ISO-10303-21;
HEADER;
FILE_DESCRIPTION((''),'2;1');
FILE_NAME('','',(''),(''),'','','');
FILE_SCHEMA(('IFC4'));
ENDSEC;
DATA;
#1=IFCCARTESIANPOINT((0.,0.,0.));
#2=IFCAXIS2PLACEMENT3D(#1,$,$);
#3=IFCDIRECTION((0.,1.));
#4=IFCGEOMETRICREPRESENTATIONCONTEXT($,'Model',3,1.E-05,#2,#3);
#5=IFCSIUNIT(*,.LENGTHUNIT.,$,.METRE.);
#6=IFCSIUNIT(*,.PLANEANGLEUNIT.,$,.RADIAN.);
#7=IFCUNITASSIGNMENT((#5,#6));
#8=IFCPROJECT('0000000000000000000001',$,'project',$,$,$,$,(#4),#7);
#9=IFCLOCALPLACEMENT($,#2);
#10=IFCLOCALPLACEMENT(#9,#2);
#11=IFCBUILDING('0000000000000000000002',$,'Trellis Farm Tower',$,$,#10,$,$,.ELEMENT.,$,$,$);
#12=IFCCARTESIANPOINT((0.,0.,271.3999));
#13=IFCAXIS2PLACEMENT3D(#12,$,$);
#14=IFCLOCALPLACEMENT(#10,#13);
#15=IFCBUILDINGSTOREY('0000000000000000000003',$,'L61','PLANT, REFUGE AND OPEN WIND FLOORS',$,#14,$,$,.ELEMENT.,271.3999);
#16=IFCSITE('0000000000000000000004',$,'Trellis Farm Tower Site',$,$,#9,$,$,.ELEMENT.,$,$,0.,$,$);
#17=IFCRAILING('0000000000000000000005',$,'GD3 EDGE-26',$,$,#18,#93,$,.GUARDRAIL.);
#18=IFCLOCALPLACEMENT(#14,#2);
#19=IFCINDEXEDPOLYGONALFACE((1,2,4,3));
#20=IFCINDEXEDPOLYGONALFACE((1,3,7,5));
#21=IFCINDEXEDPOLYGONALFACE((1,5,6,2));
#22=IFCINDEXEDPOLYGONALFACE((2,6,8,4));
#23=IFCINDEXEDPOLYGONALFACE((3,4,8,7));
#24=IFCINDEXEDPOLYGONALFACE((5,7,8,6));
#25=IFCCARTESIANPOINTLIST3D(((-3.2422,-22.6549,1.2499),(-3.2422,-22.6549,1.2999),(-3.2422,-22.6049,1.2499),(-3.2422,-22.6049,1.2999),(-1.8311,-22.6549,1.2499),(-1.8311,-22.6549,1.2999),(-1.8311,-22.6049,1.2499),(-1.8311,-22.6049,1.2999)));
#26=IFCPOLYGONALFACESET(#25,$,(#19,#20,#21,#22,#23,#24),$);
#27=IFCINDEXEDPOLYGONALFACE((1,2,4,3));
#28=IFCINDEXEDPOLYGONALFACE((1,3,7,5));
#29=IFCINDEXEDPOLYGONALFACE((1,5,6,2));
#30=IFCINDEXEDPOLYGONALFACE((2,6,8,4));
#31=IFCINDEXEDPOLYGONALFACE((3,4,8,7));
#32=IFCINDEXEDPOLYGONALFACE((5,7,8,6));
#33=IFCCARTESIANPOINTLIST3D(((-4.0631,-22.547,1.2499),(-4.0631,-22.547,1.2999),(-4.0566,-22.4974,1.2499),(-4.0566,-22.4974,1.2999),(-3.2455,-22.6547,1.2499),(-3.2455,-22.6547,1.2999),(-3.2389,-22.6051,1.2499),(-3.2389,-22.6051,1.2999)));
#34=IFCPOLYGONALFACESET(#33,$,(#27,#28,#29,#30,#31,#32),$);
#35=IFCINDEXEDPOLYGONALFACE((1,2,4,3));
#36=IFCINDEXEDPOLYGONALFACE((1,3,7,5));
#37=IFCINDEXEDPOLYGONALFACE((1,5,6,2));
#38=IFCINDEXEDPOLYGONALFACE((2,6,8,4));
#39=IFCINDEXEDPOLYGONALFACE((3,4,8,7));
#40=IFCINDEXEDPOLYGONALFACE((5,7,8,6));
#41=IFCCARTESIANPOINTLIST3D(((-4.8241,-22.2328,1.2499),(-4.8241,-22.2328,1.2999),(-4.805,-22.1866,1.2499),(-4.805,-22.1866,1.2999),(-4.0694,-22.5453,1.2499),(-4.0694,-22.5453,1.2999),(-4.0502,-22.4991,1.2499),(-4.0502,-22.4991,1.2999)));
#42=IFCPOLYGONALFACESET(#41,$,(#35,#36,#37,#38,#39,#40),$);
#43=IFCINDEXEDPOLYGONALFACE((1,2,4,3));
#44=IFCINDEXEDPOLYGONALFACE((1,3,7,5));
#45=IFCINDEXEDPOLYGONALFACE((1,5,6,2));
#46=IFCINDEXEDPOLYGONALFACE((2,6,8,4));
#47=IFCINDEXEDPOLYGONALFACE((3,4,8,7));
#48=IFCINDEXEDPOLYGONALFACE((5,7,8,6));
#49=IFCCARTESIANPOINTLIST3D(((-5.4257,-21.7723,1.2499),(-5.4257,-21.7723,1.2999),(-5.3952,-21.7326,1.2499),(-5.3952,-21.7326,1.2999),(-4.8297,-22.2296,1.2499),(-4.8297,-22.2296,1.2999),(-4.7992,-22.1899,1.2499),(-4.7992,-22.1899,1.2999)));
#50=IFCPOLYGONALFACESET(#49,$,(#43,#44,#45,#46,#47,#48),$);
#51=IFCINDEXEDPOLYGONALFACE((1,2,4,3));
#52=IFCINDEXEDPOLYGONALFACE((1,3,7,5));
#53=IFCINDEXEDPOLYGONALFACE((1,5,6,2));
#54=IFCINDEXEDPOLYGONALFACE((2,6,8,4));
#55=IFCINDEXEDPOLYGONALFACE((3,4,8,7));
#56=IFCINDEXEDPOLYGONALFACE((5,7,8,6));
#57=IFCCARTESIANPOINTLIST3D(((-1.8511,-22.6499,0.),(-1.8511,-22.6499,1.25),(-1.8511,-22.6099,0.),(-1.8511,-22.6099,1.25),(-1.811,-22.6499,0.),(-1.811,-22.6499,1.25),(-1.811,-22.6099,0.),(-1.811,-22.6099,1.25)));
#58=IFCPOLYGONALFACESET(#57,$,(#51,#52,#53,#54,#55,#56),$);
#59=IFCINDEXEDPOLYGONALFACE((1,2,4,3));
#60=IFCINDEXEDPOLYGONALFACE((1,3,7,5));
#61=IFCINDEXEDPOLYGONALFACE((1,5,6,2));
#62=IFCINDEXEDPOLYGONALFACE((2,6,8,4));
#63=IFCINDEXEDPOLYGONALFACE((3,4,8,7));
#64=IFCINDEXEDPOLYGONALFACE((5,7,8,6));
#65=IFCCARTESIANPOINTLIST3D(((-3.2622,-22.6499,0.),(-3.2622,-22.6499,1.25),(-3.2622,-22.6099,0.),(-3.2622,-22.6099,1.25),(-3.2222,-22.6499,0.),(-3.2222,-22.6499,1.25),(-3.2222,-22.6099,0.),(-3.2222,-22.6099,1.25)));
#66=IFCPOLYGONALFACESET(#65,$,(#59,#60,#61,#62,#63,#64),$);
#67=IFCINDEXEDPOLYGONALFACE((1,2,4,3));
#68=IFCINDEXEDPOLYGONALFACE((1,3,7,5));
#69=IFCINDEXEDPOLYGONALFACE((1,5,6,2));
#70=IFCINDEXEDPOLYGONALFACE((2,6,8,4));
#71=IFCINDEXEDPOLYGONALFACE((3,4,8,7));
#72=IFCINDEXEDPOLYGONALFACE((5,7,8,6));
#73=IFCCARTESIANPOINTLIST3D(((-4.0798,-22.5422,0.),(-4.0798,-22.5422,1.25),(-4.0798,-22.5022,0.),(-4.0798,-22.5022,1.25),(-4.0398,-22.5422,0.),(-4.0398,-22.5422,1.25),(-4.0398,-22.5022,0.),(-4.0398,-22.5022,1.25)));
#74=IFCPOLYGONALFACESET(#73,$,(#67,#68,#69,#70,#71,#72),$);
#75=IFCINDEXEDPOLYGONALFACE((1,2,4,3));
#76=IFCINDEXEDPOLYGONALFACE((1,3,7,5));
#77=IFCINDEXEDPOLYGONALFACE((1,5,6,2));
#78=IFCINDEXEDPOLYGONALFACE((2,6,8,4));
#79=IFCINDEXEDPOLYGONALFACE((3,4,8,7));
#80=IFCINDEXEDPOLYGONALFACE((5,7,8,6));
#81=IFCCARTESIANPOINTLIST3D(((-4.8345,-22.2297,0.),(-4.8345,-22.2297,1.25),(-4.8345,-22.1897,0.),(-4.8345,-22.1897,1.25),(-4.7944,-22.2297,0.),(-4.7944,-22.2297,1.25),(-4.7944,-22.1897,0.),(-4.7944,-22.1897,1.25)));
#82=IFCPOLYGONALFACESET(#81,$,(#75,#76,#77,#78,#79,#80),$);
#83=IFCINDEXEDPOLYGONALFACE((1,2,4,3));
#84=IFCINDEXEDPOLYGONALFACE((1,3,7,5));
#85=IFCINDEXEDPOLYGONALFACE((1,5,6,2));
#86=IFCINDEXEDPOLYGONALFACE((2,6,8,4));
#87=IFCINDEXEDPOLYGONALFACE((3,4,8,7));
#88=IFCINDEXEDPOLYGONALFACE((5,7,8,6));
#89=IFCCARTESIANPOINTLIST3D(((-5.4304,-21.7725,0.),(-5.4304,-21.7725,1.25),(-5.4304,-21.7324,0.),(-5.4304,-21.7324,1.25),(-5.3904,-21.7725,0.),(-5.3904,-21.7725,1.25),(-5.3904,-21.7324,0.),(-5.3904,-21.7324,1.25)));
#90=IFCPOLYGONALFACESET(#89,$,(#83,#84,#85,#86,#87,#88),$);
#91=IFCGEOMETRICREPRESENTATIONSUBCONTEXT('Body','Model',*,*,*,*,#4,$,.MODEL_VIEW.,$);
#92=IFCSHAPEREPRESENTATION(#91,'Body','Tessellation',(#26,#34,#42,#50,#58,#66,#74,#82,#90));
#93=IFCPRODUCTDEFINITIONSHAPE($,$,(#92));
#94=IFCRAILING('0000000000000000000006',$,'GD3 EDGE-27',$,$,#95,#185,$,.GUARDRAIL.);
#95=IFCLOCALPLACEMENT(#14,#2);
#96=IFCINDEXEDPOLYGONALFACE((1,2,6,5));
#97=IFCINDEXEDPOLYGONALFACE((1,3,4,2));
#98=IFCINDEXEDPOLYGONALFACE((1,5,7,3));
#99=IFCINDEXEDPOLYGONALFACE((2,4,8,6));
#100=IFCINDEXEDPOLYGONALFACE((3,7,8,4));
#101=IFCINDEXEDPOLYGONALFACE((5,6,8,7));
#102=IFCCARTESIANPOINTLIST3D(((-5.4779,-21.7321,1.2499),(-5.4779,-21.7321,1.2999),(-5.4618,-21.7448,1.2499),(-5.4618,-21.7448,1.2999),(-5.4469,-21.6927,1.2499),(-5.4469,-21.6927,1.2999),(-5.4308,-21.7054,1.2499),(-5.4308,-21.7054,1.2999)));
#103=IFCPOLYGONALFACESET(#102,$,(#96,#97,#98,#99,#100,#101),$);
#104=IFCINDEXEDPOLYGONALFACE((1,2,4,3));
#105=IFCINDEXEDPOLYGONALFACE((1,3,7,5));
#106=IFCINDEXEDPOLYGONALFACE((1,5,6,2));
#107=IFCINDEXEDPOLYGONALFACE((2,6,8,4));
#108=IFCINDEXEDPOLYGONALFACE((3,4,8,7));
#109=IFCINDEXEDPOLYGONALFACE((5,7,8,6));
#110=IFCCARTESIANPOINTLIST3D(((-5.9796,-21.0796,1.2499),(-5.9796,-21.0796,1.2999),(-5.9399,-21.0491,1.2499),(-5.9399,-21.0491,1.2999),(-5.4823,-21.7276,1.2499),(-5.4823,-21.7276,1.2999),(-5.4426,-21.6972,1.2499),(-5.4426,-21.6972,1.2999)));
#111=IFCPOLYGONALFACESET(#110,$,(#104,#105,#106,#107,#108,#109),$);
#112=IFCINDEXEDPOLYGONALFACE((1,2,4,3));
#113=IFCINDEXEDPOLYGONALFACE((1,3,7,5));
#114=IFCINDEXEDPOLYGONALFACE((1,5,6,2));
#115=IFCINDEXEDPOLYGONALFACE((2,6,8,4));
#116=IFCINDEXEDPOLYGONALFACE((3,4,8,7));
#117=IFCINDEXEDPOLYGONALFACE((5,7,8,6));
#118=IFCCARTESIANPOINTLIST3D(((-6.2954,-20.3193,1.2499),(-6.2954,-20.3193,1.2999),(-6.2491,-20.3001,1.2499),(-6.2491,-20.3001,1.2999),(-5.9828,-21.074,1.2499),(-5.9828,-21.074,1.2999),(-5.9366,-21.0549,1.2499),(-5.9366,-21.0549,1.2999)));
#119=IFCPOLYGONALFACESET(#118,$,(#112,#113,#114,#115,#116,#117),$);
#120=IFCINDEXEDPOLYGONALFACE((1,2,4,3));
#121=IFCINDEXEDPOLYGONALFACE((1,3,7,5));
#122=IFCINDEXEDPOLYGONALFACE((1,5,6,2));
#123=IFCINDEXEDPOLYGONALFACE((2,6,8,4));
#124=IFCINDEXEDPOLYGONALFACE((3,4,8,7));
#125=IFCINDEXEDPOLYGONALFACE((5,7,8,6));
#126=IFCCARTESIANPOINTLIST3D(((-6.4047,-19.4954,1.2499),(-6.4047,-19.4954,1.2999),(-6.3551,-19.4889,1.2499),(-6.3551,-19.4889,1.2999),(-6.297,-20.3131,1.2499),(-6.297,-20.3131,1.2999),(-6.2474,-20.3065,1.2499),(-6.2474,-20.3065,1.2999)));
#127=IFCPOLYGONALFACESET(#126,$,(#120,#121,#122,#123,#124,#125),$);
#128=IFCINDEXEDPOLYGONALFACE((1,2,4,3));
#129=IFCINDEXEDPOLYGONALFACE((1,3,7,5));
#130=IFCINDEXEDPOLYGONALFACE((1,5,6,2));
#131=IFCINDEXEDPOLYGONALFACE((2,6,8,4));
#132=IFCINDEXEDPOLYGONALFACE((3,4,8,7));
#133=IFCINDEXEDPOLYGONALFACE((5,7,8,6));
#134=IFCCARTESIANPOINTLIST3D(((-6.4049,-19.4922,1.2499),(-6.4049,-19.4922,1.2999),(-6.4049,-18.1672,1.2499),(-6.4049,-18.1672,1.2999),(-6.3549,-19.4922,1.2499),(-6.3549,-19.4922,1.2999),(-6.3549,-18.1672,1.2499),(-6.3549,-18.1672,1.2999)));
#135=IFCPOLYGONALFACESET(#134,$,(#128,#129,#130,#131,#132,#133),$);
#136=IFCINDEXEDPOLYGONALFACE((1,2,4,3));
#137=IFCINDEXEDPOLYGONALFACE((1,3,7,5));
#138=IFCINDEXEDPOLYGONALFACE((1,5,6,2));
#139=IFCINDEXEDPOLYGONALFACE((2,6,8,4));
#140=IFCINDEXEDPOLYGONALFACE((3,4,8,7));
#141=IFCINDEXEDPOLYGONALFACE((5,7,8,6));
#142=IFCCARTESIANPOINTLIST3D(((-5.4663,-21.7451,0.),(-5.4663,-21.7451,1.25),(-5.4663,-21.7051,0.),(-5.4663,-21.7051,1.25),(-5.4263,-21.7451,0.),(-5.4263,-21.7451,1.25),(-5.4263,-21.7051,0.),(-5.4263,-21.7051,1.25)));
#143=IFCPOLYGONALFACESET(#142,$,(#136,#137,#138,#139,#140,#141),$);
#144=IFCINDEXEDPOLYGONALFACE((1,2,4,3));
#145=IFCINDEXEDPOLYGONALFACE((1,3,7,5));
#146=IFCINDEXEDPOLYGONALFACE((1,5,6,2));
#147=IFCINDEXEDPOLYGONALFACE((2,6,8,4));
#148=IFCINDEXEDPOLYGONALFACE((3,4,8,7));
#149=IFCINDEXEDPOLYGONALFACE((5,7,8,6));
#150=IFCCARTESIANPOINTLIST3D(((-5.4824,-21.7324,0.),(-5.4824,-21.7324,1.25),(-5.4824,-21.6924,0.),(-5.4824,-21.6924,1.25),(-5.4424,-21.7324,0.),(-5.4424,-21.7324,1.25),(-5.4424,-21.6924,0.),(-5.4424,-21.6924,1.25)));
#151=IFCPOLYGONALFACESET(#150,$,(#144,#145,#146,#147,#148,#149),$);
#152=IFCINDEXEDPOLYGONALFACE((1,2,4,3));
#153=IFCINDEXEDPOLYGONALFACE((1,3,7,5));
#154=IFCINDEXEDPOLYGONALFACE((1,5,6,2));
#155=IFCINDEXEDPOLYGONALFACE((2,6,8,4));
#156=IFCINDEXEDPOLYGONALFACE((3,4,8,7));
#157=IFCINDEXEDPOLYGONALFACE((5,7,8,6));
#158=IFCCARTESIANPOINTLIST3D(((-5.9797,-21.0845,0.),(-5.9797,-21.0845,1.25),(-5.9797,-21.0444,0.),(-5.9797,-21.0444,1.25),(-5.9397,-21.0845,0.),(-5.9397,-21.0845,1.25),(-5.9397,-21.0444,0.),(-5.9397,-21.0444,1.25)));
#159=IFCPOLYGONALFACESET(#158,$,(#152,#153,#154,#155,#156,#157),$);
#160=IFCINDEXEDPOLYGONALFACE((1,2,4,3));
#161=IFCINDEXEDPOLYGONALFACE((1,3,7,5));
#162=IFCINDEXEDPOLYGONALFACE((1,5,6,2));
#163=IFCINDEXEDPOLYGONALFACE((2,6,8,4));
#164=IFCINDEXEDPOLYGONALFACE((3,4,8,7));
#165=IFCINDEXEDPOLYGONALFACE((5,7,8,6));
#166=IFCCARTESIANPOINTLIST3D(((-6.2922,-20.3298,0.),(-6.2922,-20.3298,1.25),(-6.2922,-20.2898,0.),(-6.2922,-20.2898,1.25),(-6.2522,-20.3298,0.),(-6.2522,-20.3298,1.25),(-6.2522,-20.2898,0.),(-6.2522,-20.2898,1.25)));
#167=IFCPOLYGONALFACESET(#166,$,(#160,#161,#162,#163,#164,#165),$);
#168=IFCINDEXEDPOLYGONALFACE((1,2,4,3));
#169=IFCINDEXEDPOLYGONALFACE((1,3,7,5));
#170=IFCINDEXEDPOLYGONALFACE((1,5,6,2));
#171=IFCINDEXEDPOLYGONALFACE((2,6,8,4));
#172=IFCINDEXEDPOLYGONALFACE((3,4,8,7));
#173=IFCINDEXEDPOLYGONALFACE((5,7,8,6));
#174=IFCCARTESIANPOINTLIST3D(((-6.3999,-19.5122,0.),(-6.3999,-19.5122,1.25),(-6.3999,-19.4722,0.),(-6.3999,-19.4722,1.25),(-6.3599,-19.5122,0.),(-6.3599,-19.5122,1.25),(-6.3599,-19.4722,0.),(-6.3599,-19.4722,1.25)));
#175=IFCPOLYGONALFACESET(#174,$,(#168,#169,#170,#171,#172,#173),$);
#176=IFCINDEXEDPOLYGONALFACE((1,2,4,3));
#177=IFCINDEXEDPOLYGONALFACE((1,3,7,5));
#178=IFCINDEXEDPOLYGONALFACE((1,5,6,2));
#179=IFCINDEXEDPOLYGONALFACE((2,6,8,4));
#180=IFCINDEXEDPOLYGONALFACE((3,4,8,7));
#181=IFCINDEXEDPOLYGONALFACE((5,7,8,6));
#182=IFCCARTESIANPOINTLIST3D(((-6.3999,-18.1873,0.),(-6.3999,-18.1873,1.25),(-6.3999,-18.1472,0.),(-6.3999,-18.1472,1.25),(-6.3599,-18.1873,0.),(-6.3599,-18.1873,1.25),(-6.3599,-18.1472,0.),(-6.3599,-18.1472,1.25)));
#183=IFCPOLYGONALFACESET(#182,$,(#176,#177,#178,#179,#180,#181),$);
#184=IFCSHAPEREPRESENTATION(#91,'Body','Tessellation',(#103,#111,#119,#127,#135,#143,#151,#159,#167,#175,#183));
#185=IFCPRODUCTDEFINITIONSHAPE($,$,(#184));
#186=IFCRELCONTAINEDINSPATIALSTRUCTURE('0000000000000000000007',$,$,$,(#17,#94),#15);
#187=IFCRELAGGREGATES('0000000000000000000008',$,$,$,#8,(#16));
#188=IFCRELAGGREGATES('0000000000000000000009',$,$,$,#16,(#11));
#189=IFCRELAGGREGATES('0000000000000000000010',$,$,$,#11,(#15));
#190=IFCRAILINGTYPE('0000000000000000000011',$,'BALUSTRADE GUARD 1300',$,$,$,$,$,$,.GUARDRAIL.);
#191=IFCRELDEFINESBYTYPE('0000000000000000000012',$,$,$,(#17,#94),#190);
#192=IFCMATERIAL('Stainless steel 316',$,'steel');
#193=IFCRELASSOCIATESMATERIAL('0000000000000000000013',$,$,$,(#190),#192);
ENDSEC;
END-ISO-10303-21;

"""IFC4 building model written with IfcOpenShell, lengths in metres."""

from ifc_helpers import new_model, si_unit, direction, frame, origin, origin_2d, place, context, subcontext, project, spatial, rectangle, extrude, material, type_object, element, save


model = new_model("IFC4")

# Units and contexts
model_context = context("Model", 3, precision=1e-05, world=origin(), true_north=direction((0.0, 1.0)))
body_context = subcontext(model_context, "Body", "Model", "MODEL_VIEW")
ifc_project = project(units=[si_unit("LENGTHUNIT", "METRE"), si_unit("PLANEANGLEUNIT", "RADIAN")], contexts=[model_context])

# Site, building, storey
site_placement = place(None, origin())
site = spatial("IfcSite", under=ifc_project, at=site_placement, Name="Trellis Farm Tower Site", CompositionType="ELEMENT", RefElevation=0.0)
building_placement = place(site_placement, origin())
building = spatial("IfcBuilding", under=site, at=building_placement, Name="Trellis Farm Tower", CompositionType="ELEMENT")
storey_placement = place(building_placement, frame((0.0, 0.0, 271.3999)))
storey = spatial("IfcBuildingStorey", under=building, at=storey_placement, Name="L61", Description="PLANT, REFUGE AND OPEN WIND FLOORS", CompositionType="ELEMENT", Elevation=271.3999)

# Railings
ifc_material_1 = material(Name="Stainless steel 316", Category="steel")
railing_type_1 = type_object("IfcRailingType", Name="BALUSTRADE GUARD 1300", PredefinedType="GUARDRAIL", material=ifc_material_1)
railing_1_placement = place(storey_placement, frame((-1.8311, -22.6299, 0.0)))
element("IfcRailing", 1, at=railing_1_placement, inside=storey, type_object=railing_type_1, Name="GD3 EDGE-26", PredefinedType="GUARDRAIL", context=body_context, shape_type="SweptSolid", body=[
    extrude(rectangle(XDim=0.05, YDim=0.05, at=origin_2d()), frame((0.0, 0.0, 1.2749), z_axis=(-1.0, 0.0, 0.0), x_axis=(0.0, -1.0, 0.0)), (0.0, 0.0, 1.0), 1.4111),
    extrude(rectangle(XDim=0.05, YDim=0.05, at=origin_2d()), frame((-1.4111, 0.0, 1.2749), z_axis=(-0.991441, 0.130554, 0.0), x_axis=(-0.130554, -0.991441, 0.0)), (0.0, 0.0, 1.0), 0.8247),
    extrude(rectangle(XDim=0.05, YDim=0.05, at=origin_2d()), frame((-2.2288, 0.1077, 1.2749), z_axis=(-0.923915, 0.382598, 0.0), x_axis=(-0.382598, -0.923915, 0.0)), (0.0, 0.0, 1.0), 0.8169),
    extrude(rectangle(XDim=0.05, YDim=0.05, at=origin_2d()), frame((-2.9834, 0.4202, 1.2749), z_axis=(-0.79336, 0.608752, 0.0), x_axis=(-0.608752, -0.79336, 0.0)), (0.0, 0.0, 1.0), 0.7512),
    extrude(rectangle(XDim=0.04, YDim=0.04, at=origin_2d()), origin(), (0.0, 0.0, 1.0), 1.25),
    extrude(rectangle(XDim=0.04, YDim=0.04, at=origin_2d()), frame((-1.4111, 0.0, 0.0)), (0.0, 0.0, 1.0), 1.25),
    extrude(rectangle(XDim=0.04, YDim=0.04, at=origin_2d()), frame((-2.2288, 0.1077, 0.0)), (0.0, 0.0, 1.0), 1.25),
    extrude(rectangle(XDim=0.04, YDim=0.04, at=origin_2d()), frame((-2.9834, 0.4202, 0.0)), (0.0, 0.0, 1.0), 1.25),
    extrude(rectangle(XDim=0.04, YDim=0.04, at=origin_2d()), frame((-3.5793, 0.8774, 0.0)), (0.0, 0.0, 1.0), 1.25),
])
railing_2_placement = place(storey_placement, frame((-5.4463, -21.7251, 0.0)))
element("IfcRailing", 2, at=railing_2_placement, inside=storey, type_object=railing_type_1, Name="GD3 EDGE-27", PredefinedType="GUARDRAIL", context=body_context, shape_type="SweptSolid", body=[
    extrude(rectangle(XDim=0.05, YDim=0.05, at=origin_2d()), frame((0.0, 0.0, 1.2749), z_axis=(-0.785492, 0.618872, 0.0), x_axis=(-0.618872, -0.785492, 0.0)), (0.0, 0.0, 1.0), 0.0205),
    extrude(rectangle(XDim=0.05, YDim=0.05, at=origin_2d()), frame((-0.0161, 0.0127, 1.2749), z_axis=(-0.608858, 0.793279, 0.0), x_axis=(-0.793279, -0.608858, 0.0)), (0.0, 0.0, 1.0), 0.8169),
    extrude(rectangle(XDim=0.05, YDim=0.05, at=origin_2d()), frame((-0.5134, 0.6606, 1.2749), z_axis=(-0.382598, 0.923915, 0.0), x_axis=(-0.923915, -0.382598, 0.0)), (0.0, 0.0, 1.0), 0.8169),
    extrude(rectangle(XDim=0.05, YDim=0.05, at=origin_2d()), frame((-0.8259, 1.4153, 1.2749), z_axis=(-0.130554, 0.991441, 0.0), x_axis=(-0.991441, -0.130554, 0.0)), (0.0, 0.0, 1.0), 0.8247),
    extrude(rectangle(XDim=0.05, YDim=0.05, at=origin_2d()), frame((-0.9336, 2.2329, 1.2749), z_axis=(0.0, 1.0, 0.0), x_axis=(-1.0, 0.0, 0.0)), (0.0, 0.0, 1.0), 1.325),
    extrude(rectangle(XDim=0.04, YDim=0.04, at=origin_2d()), origin(), (0.0, 0.0, 1.0), 1.25),
    extrude(rectangle(XDim=0.04, YDim=0.04, at=origin_2d()), frame((-0.0161, 0.0127, 0.0)), (0.0, 0.0, 1.0), 1.25),
    extrude(rectangle(XDim=0.04, YDim=0.04, at=origin_2d()), frame((-0.5134, 0.6606, 0.0)), (0.0, 0.0, 1.0), 1.25),
    extrude(rectangle(XDim=0.04, YDim=0.04, at=origin_2d()), frame((-0.8259, 1.4153, 0.0)), (0.0, 0.0, 1.0), 1.25),
    extrude(rectangle(XDim=0.04, YDim=0.04, at=origin_2d()), frame((-0.9336, 2.2329, 0.0)), (0.0, 0.0, 1.0), 1.25),
    extrude(rectangle(XDim=0.04, YDim=0.04, at=origin_2d()), frame((-0.9336, 3.5579, 0.0)), (0.0, 0.0, 1.0), 1.25),
])

save(model, "model.ifc")
